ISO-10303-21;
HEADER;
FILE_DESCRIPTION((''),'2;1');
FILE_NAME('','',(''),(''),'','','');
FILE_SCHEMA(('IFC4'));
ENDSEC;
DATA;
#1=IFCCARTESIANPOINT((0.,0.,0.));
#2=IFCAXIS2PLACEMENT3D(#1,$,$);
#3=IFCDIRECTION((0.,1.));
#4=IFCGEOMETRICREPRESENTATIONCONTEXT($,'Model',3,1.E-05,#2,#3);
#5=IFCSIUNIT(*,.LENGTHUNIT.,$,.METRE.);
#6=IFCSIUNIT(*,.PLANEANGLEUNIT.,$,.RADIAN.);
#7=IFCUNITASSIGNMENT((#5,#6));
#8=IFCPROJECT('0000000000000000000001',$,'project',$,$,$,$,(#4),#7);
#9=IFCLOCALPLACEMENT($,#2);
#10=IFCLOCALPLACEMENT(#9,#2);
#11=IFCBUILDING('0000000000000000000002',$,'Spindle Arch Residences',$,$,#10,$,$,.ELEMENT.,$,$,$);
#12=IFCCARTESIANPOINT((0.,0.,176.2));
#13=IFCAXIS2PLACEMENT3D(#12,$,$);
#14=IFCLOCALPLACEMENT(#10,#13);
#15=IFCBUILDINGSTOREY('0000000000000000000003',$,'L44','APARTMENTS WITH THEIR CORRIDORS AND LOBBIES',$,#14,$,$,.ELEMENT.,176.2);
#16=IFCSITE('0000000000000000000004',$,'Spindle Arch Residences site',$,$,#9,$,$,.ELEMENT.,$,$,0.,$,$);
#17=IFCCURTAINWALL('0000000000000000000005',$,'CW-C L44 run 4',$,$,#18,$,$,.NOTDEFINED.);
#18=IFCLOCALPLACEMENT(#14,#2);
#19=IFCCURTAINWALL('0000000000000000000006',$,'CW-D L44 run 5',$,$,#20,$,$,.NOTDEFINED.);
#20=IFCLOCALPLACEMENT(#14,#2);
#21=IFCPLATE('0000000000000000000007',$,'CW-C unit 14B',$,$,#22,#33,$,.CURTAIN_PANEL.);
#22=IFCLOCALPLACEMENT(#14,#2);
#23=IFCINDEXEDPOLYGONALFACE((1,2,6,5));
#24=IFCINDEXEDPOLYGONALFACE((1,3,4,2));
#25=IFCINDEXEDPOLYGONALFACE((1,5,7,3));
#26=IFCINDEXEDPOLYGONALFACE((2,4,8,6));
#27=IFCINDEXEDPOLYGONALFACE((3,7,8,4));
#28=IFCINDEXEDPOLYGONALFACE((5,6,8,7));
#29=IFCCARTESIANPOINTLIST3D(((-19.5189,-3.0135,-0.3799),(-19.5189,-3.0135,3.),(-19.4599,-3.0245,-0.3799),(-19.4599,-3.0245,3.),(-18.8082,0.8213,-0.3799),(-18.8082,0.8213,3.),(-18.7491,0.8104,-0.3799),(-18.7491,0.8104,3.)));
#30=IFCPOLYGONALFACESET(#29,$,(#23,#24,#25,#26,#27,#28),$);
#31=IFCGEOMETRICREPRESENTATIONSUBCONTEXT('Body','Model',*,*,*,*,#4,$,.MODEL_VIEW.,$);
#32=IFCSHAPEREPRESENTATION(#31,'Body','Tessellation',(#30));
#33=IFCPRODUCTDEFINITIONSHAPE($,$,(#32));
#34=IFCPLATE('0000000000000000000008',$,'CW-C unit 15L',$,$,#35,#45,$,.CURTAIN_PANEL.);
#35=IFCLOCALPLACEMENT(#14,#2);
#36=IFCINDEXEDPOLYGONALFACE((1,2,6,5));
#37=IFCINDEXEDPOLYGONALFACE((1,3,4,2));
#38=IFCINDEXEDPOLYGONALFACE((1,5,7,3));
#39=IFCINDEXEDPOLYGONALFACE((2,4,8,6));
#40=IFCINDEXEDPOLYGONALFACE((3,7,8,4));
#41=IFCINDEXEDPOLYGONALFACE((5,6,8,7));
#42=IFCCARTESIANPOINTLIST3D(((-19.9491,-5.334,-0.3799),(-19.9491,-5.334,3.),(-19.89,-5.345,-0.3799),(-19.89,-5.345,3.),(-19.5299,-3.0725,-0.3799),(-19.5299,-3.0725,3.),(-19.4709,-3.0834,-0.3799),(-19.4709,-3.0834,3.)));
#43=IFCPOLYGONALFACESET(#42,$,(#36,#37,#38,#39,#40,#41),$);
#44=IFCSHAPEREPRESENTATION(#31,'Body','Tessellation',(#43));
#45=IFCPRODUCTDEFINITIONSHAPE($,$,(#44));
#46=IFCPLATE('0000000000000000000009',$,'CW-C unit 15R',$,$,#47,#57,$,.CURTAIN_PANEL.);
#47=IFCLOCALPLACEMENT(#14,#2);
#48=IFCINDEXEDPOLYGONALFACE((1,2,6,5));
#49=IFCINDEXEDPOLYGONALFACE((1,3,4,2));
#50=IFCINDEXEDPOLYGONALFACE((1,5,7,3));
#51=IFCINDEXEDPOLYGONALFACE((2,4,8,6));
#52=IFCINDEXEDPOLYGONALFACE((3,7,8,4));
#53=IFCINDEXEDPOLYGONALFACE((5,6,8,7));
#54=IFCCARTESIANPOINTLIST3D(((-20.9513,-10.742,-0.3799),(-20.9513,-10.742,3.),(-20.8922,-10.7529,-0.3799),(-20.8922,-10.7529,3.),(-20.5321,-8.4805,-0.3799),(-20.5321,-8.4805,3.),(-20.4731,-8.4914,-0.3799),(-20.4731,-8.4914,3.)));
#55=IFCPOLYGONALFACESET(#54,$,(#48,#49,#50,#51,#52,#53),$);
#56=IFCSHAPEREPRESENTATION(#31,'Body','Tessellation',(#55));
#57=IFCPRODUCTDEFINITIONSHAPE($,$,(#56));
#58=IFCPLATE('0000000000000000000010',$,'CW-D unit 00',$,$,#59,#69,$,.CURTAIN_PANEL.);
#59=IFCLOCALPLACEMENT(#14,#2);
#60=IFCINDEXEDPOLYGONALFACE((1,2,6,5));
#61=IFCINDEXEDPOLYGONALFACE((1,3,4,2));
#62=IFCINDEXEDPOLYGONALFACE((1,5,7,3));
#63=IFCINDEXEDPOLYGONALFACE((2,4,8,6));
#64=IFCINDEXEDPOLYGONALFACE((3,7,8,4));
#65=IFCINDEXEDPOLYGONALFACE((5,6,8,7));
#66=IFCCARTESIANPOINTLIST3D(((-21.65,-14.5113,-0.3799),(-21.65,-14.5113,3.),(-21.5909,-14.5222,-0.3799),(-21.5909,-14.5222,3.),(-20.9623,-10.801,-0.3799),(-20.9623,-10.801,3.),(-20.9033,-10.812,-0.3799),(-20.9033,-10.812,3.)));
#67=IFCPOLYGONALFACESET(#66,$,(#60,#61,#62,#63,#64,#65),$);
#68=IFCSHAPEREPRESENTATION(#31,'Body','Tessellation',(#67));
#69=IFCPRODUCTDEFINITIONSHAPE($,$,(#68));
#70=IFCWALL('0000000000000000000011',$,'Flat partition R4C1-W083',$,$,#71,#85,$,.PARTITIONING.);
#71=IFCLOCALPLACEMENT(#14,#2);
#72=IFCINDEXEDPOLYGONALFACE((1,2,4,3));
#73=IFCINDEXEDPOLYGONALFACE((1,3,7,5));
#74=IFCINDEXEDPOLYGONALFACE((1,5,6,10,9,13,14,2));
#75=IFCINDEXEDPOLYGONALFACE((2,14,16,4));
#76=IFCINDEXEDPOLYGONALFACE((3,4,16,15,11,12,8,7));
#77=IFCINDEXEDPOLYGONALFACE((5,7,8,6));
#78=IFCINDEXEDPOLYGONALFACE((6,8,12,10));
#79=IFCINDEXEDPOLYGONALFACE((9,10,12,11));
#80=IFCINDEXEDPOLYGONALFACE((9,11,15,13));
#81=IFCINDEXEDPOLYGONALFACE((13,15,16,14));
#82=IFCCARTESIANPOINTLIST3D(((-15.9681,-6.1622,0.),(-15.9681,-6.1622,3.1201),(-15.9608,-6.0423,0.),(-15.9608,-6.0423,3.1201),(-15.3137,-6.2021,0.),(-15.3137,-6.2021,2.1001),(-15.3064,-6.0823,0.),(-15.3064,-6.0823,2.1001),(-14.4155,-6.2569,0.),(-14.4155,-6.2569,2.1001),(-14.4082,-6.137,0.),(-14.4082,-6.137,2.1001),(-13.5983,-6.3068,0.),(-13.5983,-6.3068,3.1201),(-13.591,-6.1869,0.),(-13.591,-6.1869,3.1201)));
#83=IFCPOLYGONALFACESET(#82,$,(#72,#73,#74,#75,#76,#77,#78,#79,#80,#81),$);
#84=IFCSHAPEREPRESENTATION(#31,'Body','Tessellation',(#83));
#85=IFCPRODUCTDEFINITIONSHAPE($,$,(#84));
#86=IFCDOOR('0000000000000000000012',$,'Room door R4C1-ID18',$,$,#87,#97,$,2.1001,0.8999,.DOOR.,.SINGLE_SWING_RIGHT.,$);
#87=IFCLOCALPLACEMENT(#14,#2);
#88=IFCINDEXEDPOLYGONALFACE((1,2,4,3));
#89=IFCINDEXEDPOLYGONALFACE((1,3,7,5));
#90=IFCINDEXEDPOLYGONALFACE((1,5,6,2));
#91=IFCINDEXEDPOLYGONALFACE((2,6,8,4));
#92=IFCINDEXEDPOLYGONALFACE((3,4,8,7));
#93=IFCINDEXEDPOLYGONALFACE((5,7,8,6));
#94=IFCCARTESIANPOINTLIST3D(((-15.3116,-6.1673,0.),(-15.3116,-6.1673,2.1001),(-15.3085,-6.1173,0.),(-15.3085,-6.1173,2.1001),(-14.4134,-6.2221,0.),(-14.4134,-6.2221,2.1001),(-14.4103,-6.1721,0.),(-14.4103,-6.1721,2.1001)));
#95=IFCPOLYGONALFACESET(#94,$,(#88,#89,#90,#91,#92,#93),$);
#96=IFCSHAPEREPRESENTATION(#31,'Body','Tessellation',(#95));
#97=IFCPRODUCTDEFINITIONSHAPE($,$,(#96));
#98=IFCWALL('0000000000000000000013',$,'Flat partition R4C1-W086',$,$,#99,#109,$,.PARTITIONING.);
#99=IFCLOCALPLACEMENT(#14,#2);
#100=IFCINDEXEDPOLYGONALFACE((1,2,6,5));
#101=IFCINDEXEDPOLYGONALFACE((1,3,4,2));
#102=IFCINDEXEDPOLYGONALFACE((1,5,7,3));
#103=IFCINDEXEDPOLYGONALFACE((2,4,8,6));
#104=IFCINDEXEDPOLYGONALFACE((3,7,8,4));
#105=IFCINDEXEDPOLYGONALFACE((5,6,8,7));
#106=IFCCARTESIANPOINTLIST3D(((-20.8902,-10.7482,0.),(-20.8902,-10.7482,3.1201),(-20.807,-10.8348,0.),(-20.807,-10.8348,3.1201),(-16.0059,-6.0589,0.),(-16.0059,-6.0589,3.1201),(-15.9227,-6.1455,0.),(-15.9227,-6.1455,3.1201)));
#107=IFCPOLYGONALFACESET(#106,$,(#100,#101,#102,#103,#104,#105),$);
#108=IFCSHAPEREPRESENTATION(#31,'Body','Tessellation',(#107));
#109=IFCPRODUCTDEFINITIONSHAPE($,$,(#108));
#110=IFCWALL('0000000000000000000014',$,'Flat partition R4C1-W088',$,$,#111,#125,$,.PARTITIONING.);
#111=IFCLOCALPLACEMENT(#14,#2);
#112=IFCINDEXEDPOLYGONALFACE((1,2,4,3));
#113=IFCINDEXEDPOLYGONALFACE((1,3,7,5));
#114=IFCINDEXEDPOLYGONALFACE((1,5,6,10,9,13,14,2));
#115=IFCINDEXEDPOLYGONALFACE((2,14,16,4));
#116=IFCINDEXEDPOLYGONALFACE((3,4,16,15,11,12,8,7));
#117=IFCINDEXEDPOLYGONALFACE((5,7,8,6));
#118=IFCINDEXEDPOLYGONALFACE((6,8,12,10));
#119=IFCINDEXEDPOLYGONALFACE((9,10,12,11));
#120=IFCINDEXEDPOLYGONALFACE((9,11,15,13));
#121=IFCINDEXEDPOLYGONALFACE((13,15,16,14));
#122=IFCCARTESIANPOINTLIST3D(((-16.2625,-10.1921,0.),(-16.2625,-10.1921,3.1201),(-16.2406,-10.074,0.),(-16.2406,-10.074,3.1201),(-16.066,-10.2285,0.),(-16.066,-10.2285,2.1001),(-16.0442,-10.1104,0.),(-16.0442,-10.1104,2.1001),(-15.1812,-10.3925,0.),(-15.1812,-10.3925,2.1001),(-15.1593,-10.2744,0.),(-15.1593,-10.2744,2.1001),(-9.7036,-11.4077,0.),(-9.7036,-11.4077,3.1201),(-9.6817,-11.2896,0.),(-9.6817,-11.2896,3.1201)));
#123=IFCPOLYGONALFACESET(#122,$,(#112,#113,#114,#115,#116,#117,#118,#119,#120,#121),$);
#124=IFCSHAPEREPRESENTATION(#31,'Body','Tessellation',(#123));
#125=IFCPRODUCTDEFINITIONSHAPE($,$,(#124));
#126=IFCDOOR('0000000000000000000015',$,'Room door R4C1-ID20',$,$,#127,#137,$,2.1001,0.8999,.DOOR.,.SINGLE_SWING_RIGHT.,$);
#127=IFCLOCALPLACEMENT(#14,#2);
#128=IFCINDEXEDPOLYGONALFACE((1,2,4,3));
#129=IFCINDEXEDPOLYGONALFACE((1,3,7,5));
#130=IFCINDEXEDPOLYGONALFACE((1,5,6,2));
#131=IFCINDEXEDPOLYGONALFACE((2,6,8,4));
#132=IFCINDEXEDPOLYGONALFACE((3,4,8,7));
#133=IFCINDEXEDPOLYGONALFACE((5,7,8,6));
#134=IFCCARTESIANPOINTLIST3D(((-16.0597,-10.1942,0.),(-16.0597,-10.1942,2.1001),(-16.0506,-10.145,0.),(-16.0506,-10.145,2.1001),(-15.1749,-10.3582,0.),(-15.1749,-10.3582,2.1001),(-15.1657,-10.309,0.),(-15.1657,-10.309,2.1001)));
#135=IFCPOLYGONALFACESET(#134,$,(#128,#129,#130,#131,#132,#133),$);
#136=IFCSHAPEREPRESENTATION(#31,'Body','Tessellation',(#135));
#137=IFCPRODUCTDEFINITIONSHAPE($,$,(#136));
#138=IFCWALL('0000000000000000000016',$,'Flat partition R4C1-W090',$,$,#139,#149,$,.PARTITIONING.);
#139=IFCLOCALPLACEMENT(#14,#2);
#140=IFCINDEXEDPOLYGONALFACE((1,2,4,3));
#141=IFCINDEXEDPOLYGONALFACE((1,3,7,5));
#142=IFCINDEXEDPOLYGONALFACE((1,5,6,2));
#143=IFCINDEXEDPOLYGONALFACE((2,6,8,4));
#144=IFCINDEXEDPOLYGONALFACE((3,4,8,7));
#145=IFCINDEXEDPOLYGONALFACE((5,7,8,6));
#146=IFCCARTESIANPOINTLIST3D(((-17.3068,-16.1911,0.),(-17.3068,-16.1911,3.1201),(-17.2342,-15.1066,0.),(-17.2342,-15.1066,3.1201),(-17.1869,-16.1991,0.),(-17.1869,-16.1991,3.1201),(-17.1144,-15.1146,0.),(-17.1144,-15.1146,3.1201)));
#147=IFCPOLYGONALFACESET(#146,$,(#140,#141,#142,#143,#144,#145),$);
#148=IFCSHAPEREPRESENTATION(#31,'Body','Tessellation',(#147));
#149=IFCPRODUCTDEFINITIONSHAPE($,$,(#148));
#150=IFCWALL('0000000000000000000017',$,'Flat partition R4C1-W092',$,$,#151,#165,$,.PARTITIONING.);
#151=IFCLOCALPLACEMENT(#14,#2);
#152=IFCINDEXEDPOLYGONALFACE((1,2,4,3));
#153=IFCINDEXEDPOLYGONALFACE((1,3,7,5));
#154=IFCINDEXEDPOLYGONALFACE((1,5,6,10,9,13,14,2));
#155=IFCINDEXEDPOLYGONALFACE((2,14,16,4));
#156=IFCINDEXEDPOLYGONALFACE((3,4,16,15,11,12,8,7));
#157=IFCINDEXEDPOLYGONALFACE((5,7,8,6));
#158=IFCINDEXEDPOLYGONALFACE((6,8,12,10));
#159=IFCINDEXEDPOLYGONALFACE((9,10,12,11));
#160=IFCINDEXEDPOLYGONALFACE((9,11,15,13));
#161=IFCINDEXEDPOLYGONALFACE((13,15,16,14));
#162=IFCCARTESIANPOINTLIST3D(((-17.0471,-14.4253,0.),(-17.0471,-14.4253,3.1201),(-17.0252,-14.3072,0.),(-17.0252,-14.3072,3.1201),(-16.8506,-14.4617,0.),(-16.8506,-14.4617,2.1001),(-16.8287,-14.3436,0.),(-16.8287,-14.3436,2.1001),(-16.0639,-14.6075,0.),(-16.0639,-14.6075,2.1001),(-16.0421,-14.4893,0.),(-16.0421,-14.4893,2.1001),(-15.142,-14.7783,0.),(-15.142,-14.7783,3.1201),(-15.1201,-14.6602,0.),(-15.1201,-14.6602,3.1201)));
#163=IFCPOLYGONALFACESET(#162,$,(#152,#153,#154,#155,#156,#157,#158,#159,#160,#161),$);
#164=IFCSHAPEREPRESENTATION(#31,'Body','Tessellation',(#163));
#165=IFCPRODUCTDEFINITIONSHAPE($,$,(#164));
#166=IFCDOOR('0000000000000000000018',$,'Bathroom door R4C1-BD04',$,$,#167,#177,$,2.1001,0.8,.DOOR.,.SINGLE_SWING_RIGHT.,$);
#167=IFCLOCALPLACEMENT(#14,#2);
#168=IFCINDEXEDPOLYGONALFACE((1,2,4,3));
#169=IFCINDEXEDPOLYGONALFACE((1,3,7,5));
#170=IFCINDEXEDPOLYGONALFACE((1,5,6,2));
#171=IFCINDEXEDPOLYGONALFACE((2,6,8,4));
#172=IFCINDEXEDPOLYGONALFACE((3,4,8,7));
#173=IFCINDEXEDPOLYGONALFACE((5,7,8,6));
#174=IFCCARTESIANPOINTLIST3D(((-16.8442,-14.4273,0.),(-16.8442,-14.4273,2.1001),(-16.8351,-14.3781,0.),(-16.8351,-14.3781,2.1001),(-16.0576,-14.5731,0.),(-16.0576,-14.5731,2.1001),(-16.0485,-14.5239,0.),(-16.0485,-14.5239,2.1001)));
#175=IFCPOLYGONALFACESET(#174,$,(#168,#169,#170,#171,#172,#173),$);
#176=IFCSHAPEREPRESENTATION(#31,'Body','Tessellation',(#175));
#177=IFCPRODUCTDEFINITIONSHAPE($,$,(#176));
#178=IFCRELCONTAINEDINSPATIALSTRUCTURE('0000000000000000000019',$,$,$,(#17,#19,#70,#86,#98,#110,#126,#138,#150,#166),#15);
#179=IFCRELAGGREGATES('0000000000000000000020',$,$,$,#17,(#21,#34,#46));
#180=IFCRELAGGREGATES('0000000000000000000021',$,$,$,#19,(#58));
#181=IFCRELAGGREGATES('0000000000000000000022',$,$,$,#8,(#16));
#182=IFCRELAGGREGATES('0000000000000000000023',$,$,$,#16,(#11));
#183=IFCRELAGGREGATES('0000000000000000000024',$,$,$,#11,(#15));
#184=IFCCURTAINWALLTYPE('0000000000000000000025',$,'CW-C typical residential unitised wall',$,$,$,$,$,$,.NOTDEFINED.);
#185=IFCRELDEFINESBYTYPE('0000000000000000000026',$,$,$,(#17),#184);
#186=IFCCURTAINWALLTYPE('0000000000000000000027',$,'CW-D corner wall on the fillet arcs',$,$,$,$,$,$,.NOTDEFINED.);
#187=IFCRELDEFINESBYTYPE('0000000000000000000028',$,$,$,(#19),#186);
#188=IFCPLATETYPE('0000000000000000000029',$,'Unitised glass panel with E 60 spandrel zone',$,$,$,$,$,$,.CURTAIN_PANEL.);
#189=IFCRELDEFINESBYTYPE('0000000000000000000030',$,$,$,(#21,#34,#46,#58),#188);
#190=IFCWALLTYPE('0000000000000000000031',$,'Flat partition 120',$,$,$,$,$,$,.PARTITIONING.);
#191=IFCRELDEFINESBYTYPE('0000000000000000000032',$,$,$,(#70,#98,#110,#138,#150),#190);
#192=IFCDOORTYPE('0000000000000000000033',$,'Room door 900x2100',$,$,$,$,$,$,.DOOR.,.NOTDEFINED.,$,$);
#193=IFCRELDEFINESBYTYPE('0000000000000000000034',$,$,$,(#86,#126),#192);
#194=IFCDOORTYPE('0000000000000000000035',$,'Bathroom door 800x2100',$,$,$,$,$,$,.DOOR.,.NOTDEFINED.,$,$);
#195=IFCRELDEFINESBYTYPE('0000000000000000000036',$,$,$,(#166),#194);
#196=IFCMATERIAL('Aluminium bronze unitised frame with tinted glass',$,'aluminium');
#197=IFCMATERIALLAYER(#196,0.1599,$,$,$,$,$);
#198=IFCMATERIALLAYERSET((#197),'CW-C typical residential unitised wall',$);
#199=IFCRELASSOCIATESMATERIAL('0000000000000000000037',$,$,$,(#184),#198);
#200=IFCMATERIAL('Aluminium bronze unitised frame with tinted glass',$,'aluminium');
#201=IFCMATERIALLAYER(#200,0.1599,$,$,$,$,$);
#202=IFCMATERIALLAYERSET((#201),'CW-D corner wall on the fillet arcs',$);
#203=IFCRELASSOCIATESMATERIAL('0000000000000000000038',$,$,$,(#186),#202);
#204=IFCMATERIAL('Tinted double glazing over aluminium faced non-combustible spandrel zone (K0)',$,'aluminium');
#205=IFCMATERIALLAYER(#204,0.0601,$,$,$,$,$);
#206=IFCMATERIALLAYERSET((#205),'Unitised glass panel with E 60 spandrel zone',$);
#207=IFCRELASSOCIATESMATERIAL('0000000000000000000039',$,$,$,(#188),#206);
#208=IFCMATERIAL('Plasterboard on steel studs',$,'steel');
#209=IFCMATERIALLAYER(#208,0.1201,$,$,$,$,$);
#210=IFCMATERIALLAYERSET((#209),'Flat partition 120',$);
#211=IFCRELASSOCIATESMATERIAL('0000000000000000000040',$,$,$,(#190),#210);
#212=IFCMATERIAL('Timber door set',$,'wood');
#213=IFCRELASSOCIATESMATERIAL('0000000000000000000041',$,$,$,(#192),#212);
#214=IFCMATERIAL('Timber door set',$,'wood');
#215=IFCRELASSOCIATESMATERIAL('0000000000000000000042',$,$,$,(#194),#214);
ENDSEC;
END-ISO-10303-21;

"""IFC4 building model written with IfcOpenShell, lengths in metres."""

from ifc_helpers import new_model, si_unit, direction, frame, frame_2d, origin, origin_2d, place, context, subcontext, project, spatial, rectangle, extrude, material, layer, layer_set, type_object, element, fill, aggregate, save


model = new_model("IFC4")

# Units and contexts
model_context = context("Model", 3, precision=1e-05, world=origin(), true_north=direction((0.0, 1.0)))
body_context = subcontext(model_context, "Body", "Model", "MODEL_VIEW")
ifc_project = project(units=[si_unit("LENGTHUNIT", "METRE"), si_unit("PLANEANGLEUNIT", "RADIAN")], contexts=[model_context])

# Site, building, storey
site_placement = place(None, origin())
site = spatial("IfcSite", under=ifc_project, at=site_placement, Name="Spindle Arch Residences site", CompositionType="ELEMENT", RefElevation=0.0)
building_placement = place(site_placement, origin())
building = spatial("IfcBuilding", under=site, at=building_placement, Name="Spindle Arch Residences", CompositionType="ELEMENT")
storey_placement = place(building_placement, frame((0.0, 0.0, 176.2)))
storey = spatial("IfcBuildingStorey", under=building, at=storey_placement, Name="L44", Description="APARTMENTS WITH THEIR CORRIDORS AND LOBBIES", CompositionType="ELEMENT", Elevation=176.2)

# Curtain wall
ifc_material_1 = material(Name="Aluminium bronze unitised frame with tinted glass", Category="aluminium")
ifc_layer_1 = layer(ifc_material_1, 0.1599)
ifc_layer_set_1 = layer_set([ifc_layer_1], Name="CW-C typical residential unitised wall")
curtain_wall_type_1 = type_object("IfcCurtainWallType", Name="CW-C typical residential unitised wall", PredefinedType="NOTDEFINED", material=ifc_layer_set_1)
curtain_wall_1_placement = place(storey_placement, origin())
curtain_wall_1 = element("IfcCurtainWall", 1, at=curtain_wall_1_placement, inside=storey, type_object=curtain_wall_type_1, Name="CW-C L44 run 4", PredefinedType="NOTDEFINED")

# Curtain wall
ifc_material_2 = material(Name="Aluminium bronze unitised frame with tinted glass", Category="aluminium")
ifc_layer_2 = layer(ifc_material_2, 0.1599)
ifc_layer_set_2 = layer_set([ifc_layer_2], Name="CW-D corner wall on the fillet arcs")
curtain_wall_type_2 = type_object("IfcCurtainWallType", Name="CW-D corner wall on the fillet arcs", PredefinedType="NOTDEFINED", material=ifc_layer_set_2)
curtain_wall_2_placement = place(storey_placement, origin())
curtain_wall_2 = element("IfcCurtainWall", 2, at=curtain_wall_2_placement, inside=storey, type_object=curtain_wall_type_2, Name="CW-D L44 run 5", PredefinedType="NOTDEFINED")

# Plates
ifc_material_3 = material(Name="Tinted double glazing over aluminium faced non-combustible spandrel zone (K0)", Category="aluminium")
ifc_layer_3 = layer(ifc_material_3, 0.0601)
ifc_layer_set_3 = layer_set([ifc_layer_3], Name="Unitised glass panel with E 60 spandrel zone")
plate_type = type_object("IfcPlateType", Name="Unitised glass panel with E 60 spandrel zone", PredefinedType="CURTAIN_PANEL", material=ifc_layer_set_3)
plate_1_placement = place(storey_placement, frame((-19.134, -1.1016, -0.3799), z_axis=(0.0, 0.0, 1.0), x_axis=(-0.182236, -0.983255, 0.0)))
plate_1 = element("IfcPlate", 3, at=plate_1_placement, type_object=plate_type, Name="CW-C unit 14B", PredefinedType="CURTAIN_PANEL", context=body_context, shape_type="SweptSolid", body=[
    extrude(rectangle(XDim=3.9001, YDim=0.0601, at=origin_2d()), origin(), (0.0, 0.0, 1.0), 3.3799),
])
plate_2_placement = place(storey_placement, frame((-19.71, -4.2087, -0.3799), z_axis=(0.0, 0.0, 1.0), x_axis=(-0.182236, -0.983255, 0.0)))
plate_2 = element("IfcPlate", 4, at=plate_2_placement, type_object=plate_type, Name="CW-C unit 15L", PredefinedType="CURTAIN_PANEL", context=body_context, shape_type="SweptSolid", body=[
    extrude(rectangle(XDim=2.3, YDim=0.0601, at=origin_2d()), origin(), (0.0, 0.0, 1.0), 3.3799),
])
plate_3_placement = place(storey_placement, frame((-20.7122, -9.6167, -0.3799), z_axis=(0.0, 0.0, 1.0), x_axis=(-0.182236, -0.983255, 0.0)))
plate_3 = element("IfcPlate", 5, at=plate_3_placement, type_object=plate_type, Name="CW-C unit 15R", PredefinedType="CURTAIN_PANEL", context=body_context, shape_type="SweptSolid", body=[
    extrude(rectangle(XDim=2.3, YDim=0.0601, at=origin_2d()), origin(), (0.0, 0.0, 1.0), 3.3799),
])
aggregate(curtain_wall_1, [plate_1, plate_2, plate_3])
plate_4_placement = place(storey_placement, frame((-21.2766, -12.6616, -0.3799), z_axis=(0.0, 0.0, 1.0), x_axis=(-0.182236, -0.983255, 0.0)))
plate_4 = element("IfcPlate", 6, at=plate_4_placement, type_object=plate_type, Name="CW-D unit 00", PredefinedType="CURTAIN_PANEL", context=body_context, shape_type="SweptSolid", body=[
    extrude(rectangle(XDim=3.7734, YDim=0.0601, at=origin_2d()), origin(), (0.0, 0.0, 1.0), 3.3799),
])
aggregate(curtain_wall_2, [plate_4])

# Wall, opening, door
ifc_material_4 = material(Name="Plasterboard on steel studs", Category="steel")
ifc_layer_4 = layer(ifc_material_4, 0.1201)
ifc_layer_set_4 = layer_set([ifc_layer_4], Name="Flat partition 120")
wall_type_1 = type_object("IfcWallType", Name="Flat partition 120", PredefinedType="PARTITIONING", material=ifc_layer_set_4)
wall_1_placement = place(storey_placement, frame((-15.9644, -6.1023, 0.0), z_axis=(0.0, 0.0, 1.0), x_axis=(0.998145, -0.060874, 0.0)))
wall_1 = element("IfcWall", 7, at=wall_1_placement, inside=storey, type_object=wall_type_1, Name="Flat partition R4C1-W083", PredefinedType="PARTITIONING", context=body_context, shape_type="SweptSolid", body=[
    extrude(rectangle(XDim=2.3743, YDim=0.1201, at=frame_2d((1.187, 0.0))), origin(), (0.0, 0.0, 1.0), 3.1201),
])
opening_1_placement = place(wall_1_placement, frame((0.6555, 0.0, 0.0)))
opening_1 = element("IfcOpeningElement", 8, at=opening_1_placement, cuts=wall_1, PredefinedType="OPENING", context=body_context, shape_type="SweptSolid", body=[
    extrude(rectangle(XDim=0.8999, YDim=2.1001, at=frame_2d((0.45, 1.05))), frame((0.0, 0.0701, 0.0), z_axis=(0.0, -1.0, 0.0), x_axis=(1.0, 0.0, 0.0)), (0.0, 0.0, 1.0), 0.1401),
])
ifc_material_5 = material(Name="Timber door set", Category="wood")
door_type_1 = type_object("IfcDoorType", Name="Room door 900x2100", OperationType="NOTDEFINED", PredefinedType="DOOR", material=ifc_material_5)
door_1_placement = place(opening_1_placement, origin())
door_1 = element("IfcDoor", 9, at=door_1_placement, inside=storey, type_object=door_type_1, Name="Room door R4C1-ID18", OperationType="SINGLE_SWING_RIGHT", OverallHeight=2.1001, OverallWidth=0.8999, PredefinedType="DOOR", context=body_context, shape_type="SweptSolid", body=[
    extrude(rectangle(XDim=0.8999, YDim=2.1001, at=frame_2d((0.45, 1.05))), frame((0.0, 0.0249, 0.0), z_axis=(0.0, -1.0, 0.0), x_axis=(1.0, 0.0, 0.0)), (0.0, 0.0, 1.0), 0.05),
])
fill(opening_1, door_1)

# Wall
wall_2_placement = place(storey_placement, frame((-20.8486, -10.7915, 0.0), z_axis=(0.0, 0.0, 1.0), x_axis=(0.721365, 0.692555, 0.0)))
element("IfcWall", 10, at=wall_2_placement, inside=storey, type_object=wall_type_1, Name="Flat partition R4C1-W086", PredefinedType="PARTITIONING", context=body_context, shape_type="SweptSolid", body=[
    extrude(rectangle(XDim=6.771, YDim=0.1201, at=frame_2d((3.3855, 0.0))), origin(), (0.0, 0.0, 1.0), 3.1201),
])

# Wall, opening, door
wall_3_placement = place(storey_placement, frame((-16.2517, -10.1331, 0.0), z_axis=(0.0, 0.0, 1.0), x_axis=(0.983257, -0.182224, 0.0)))
wall_3 = element("IfcWall", 11, at=wall_3_placement, inside=storey, type_object=wall_type_1, Name="Flat partition R4C1-W088", PredefinedType="PARTITIONING", context=body_context, shape_type="SweptSolid", body=[
    extrude(rectangle(XDim=6.6707, YDim=0.1201, at=frame_2d((3.3354, 0.0))), origin(), (0.0, 0.0, 1.0), 3.1201),
])
opening_2_placement = place(wall_3_placement, frame((0.2, 0.0, 0.0)))
opening_2 = element("IfcOpeningElement", 12, at=opening_2_placement, cuts=wall_3, PredefinedType="OPENING", context=body_context, shape_type="SweptSolid", body=[
    extrude(rectangle(XDim=0.8999, YDim=2.1001, at=frame_2d((0.45, 1.05))), frame((0.0, 0.0701, 0.0), z_axis=(0.0, -1.0, 0.0), x_axis=(1.0, 0.0, 0.0)), (0.0, 0.0, 1.0), 0.1401),
])
door_2_placement = place(opening_2_placement, origin())
door_2 = element("IfcDoor", 13, at=door_2_placement, inside=storey, type_object=door_type_1, Name="Room door R4C1-ID20", OperationType="SINGLE_SWING_RIGHT", OverallHeight=2.1001, OverallWidth=0.8999, PredefinedType="DOOR", context=body_context, shape_type="SweptSolid", body=[
    extrude(rectangle(XDim=0.8999, YDim=2.1001, at=frame_2d((0.45, 1.05))), frame((0.0, 0.0249, 0.0), z_axis=(0.0, -1.0, 0.0), x_axis=(1.0, 0.0, 0.0)), (0.0, 0.0, 1.0), 0.05),
])
fill(opening_2, door_2)

# Wall
wall_4_placement = place(storey_placement, frame((-17.2468, -16.1951, 0.0), z_axis=(0.0, 0.0, 1.0), x_axis=(0.066713, 0.997772, 0.0)))
element("IfcWall", 14, at=wall_4_placement, inside=storey, type_object=wall_type_1, Name="Flat partition R4C1-W090", PredefinedType="PARTITIONING", context=body_context, shape_type="SweptSolid", body=[
    extrude(rectangle(XDim=1.0869, YDim=0.1201, at=frame_2d((0.5435, 0.0))), origin(), (0.0, 0.0, 1.0), 3.1201),
])

# Wall, opening, door
wall_5_placement = place(storey_placement, frame((-17.0361, -14.3662, 0.0), z_axis=(0.0, 0.0, 1.0), x_axis=(0.983259, -0.182211, 0.0)))
wall_5 = element("IfcWall", 15, at=wall_5_placement, inside=storey, type_object=wall_type_1, Name="Flat partition R4C1-W092", PredefinedType="PARTITIONING", context=body_context, shape_type="SweptSolid", body=[
    extrude(rectangle(XDim=1.9375, YDim=0.1201, at=frame_2d((0.9688, 0.0))), origin(), (0.0, 0.0, 1.0), 3.1201),
])
opening_3_placement = place(wall_5_placement, frame((0.2, 0.0, 0.0)))
opening_3 = element("IfcOpeningElement", 16, at=opening_3_placement, cuts=wall_5, PredefinedType="OPENING", context=body_context, shape_type="SweptSolid", body=[
    extrude(rectangle(XDim=0.8, YDim=2.1001, at=frame_2d((0.3999, 1.05))), frame((0.0, 0.0701, 0.0), z_axis=(0.0, -1.0, 0.0), x_axis=(1.0, 0.0, 0.0)), (0.0, 0.0, 1.0), 0.1401),
])
ifc_material_6 = material(Name="Timber door set", Category="wood")
door_type_2 = type_object("IfcDoorType", Name="Bathroom door 800x2100", OperationType="NOTDEFINED", PredefinedType="DOOR", material=ifc_material_6)
door_3_placement = place(opening_3_placement, origin())
door_3 = element("IfcDoor", 17, at=door_3_placement, inside=storey, type_object=door_type_2, Name="Bathroom door R4C1-BD04", OperationType="SINGLE_SWING_RIGHT", OverallHeight=2.1001, OverallWidth=0.8, PredefinedType="DOOR", context=body_context, shape_type="SweptSolid", body=[
    extrude(rectangle(XDim=0.8, YDim=2.1001, at=frame_2d((0.3999, 1.05))), frame((0.0, 0.0249, 0.0), z_axis=(0.0, -1.0, 0.0), x_axis=(1.0, 0.0, 0.0)), (0.0, 0.0, 1.0), 0.05),
])
fill(opening_3, door_3)

save(model, "model.ifc")
